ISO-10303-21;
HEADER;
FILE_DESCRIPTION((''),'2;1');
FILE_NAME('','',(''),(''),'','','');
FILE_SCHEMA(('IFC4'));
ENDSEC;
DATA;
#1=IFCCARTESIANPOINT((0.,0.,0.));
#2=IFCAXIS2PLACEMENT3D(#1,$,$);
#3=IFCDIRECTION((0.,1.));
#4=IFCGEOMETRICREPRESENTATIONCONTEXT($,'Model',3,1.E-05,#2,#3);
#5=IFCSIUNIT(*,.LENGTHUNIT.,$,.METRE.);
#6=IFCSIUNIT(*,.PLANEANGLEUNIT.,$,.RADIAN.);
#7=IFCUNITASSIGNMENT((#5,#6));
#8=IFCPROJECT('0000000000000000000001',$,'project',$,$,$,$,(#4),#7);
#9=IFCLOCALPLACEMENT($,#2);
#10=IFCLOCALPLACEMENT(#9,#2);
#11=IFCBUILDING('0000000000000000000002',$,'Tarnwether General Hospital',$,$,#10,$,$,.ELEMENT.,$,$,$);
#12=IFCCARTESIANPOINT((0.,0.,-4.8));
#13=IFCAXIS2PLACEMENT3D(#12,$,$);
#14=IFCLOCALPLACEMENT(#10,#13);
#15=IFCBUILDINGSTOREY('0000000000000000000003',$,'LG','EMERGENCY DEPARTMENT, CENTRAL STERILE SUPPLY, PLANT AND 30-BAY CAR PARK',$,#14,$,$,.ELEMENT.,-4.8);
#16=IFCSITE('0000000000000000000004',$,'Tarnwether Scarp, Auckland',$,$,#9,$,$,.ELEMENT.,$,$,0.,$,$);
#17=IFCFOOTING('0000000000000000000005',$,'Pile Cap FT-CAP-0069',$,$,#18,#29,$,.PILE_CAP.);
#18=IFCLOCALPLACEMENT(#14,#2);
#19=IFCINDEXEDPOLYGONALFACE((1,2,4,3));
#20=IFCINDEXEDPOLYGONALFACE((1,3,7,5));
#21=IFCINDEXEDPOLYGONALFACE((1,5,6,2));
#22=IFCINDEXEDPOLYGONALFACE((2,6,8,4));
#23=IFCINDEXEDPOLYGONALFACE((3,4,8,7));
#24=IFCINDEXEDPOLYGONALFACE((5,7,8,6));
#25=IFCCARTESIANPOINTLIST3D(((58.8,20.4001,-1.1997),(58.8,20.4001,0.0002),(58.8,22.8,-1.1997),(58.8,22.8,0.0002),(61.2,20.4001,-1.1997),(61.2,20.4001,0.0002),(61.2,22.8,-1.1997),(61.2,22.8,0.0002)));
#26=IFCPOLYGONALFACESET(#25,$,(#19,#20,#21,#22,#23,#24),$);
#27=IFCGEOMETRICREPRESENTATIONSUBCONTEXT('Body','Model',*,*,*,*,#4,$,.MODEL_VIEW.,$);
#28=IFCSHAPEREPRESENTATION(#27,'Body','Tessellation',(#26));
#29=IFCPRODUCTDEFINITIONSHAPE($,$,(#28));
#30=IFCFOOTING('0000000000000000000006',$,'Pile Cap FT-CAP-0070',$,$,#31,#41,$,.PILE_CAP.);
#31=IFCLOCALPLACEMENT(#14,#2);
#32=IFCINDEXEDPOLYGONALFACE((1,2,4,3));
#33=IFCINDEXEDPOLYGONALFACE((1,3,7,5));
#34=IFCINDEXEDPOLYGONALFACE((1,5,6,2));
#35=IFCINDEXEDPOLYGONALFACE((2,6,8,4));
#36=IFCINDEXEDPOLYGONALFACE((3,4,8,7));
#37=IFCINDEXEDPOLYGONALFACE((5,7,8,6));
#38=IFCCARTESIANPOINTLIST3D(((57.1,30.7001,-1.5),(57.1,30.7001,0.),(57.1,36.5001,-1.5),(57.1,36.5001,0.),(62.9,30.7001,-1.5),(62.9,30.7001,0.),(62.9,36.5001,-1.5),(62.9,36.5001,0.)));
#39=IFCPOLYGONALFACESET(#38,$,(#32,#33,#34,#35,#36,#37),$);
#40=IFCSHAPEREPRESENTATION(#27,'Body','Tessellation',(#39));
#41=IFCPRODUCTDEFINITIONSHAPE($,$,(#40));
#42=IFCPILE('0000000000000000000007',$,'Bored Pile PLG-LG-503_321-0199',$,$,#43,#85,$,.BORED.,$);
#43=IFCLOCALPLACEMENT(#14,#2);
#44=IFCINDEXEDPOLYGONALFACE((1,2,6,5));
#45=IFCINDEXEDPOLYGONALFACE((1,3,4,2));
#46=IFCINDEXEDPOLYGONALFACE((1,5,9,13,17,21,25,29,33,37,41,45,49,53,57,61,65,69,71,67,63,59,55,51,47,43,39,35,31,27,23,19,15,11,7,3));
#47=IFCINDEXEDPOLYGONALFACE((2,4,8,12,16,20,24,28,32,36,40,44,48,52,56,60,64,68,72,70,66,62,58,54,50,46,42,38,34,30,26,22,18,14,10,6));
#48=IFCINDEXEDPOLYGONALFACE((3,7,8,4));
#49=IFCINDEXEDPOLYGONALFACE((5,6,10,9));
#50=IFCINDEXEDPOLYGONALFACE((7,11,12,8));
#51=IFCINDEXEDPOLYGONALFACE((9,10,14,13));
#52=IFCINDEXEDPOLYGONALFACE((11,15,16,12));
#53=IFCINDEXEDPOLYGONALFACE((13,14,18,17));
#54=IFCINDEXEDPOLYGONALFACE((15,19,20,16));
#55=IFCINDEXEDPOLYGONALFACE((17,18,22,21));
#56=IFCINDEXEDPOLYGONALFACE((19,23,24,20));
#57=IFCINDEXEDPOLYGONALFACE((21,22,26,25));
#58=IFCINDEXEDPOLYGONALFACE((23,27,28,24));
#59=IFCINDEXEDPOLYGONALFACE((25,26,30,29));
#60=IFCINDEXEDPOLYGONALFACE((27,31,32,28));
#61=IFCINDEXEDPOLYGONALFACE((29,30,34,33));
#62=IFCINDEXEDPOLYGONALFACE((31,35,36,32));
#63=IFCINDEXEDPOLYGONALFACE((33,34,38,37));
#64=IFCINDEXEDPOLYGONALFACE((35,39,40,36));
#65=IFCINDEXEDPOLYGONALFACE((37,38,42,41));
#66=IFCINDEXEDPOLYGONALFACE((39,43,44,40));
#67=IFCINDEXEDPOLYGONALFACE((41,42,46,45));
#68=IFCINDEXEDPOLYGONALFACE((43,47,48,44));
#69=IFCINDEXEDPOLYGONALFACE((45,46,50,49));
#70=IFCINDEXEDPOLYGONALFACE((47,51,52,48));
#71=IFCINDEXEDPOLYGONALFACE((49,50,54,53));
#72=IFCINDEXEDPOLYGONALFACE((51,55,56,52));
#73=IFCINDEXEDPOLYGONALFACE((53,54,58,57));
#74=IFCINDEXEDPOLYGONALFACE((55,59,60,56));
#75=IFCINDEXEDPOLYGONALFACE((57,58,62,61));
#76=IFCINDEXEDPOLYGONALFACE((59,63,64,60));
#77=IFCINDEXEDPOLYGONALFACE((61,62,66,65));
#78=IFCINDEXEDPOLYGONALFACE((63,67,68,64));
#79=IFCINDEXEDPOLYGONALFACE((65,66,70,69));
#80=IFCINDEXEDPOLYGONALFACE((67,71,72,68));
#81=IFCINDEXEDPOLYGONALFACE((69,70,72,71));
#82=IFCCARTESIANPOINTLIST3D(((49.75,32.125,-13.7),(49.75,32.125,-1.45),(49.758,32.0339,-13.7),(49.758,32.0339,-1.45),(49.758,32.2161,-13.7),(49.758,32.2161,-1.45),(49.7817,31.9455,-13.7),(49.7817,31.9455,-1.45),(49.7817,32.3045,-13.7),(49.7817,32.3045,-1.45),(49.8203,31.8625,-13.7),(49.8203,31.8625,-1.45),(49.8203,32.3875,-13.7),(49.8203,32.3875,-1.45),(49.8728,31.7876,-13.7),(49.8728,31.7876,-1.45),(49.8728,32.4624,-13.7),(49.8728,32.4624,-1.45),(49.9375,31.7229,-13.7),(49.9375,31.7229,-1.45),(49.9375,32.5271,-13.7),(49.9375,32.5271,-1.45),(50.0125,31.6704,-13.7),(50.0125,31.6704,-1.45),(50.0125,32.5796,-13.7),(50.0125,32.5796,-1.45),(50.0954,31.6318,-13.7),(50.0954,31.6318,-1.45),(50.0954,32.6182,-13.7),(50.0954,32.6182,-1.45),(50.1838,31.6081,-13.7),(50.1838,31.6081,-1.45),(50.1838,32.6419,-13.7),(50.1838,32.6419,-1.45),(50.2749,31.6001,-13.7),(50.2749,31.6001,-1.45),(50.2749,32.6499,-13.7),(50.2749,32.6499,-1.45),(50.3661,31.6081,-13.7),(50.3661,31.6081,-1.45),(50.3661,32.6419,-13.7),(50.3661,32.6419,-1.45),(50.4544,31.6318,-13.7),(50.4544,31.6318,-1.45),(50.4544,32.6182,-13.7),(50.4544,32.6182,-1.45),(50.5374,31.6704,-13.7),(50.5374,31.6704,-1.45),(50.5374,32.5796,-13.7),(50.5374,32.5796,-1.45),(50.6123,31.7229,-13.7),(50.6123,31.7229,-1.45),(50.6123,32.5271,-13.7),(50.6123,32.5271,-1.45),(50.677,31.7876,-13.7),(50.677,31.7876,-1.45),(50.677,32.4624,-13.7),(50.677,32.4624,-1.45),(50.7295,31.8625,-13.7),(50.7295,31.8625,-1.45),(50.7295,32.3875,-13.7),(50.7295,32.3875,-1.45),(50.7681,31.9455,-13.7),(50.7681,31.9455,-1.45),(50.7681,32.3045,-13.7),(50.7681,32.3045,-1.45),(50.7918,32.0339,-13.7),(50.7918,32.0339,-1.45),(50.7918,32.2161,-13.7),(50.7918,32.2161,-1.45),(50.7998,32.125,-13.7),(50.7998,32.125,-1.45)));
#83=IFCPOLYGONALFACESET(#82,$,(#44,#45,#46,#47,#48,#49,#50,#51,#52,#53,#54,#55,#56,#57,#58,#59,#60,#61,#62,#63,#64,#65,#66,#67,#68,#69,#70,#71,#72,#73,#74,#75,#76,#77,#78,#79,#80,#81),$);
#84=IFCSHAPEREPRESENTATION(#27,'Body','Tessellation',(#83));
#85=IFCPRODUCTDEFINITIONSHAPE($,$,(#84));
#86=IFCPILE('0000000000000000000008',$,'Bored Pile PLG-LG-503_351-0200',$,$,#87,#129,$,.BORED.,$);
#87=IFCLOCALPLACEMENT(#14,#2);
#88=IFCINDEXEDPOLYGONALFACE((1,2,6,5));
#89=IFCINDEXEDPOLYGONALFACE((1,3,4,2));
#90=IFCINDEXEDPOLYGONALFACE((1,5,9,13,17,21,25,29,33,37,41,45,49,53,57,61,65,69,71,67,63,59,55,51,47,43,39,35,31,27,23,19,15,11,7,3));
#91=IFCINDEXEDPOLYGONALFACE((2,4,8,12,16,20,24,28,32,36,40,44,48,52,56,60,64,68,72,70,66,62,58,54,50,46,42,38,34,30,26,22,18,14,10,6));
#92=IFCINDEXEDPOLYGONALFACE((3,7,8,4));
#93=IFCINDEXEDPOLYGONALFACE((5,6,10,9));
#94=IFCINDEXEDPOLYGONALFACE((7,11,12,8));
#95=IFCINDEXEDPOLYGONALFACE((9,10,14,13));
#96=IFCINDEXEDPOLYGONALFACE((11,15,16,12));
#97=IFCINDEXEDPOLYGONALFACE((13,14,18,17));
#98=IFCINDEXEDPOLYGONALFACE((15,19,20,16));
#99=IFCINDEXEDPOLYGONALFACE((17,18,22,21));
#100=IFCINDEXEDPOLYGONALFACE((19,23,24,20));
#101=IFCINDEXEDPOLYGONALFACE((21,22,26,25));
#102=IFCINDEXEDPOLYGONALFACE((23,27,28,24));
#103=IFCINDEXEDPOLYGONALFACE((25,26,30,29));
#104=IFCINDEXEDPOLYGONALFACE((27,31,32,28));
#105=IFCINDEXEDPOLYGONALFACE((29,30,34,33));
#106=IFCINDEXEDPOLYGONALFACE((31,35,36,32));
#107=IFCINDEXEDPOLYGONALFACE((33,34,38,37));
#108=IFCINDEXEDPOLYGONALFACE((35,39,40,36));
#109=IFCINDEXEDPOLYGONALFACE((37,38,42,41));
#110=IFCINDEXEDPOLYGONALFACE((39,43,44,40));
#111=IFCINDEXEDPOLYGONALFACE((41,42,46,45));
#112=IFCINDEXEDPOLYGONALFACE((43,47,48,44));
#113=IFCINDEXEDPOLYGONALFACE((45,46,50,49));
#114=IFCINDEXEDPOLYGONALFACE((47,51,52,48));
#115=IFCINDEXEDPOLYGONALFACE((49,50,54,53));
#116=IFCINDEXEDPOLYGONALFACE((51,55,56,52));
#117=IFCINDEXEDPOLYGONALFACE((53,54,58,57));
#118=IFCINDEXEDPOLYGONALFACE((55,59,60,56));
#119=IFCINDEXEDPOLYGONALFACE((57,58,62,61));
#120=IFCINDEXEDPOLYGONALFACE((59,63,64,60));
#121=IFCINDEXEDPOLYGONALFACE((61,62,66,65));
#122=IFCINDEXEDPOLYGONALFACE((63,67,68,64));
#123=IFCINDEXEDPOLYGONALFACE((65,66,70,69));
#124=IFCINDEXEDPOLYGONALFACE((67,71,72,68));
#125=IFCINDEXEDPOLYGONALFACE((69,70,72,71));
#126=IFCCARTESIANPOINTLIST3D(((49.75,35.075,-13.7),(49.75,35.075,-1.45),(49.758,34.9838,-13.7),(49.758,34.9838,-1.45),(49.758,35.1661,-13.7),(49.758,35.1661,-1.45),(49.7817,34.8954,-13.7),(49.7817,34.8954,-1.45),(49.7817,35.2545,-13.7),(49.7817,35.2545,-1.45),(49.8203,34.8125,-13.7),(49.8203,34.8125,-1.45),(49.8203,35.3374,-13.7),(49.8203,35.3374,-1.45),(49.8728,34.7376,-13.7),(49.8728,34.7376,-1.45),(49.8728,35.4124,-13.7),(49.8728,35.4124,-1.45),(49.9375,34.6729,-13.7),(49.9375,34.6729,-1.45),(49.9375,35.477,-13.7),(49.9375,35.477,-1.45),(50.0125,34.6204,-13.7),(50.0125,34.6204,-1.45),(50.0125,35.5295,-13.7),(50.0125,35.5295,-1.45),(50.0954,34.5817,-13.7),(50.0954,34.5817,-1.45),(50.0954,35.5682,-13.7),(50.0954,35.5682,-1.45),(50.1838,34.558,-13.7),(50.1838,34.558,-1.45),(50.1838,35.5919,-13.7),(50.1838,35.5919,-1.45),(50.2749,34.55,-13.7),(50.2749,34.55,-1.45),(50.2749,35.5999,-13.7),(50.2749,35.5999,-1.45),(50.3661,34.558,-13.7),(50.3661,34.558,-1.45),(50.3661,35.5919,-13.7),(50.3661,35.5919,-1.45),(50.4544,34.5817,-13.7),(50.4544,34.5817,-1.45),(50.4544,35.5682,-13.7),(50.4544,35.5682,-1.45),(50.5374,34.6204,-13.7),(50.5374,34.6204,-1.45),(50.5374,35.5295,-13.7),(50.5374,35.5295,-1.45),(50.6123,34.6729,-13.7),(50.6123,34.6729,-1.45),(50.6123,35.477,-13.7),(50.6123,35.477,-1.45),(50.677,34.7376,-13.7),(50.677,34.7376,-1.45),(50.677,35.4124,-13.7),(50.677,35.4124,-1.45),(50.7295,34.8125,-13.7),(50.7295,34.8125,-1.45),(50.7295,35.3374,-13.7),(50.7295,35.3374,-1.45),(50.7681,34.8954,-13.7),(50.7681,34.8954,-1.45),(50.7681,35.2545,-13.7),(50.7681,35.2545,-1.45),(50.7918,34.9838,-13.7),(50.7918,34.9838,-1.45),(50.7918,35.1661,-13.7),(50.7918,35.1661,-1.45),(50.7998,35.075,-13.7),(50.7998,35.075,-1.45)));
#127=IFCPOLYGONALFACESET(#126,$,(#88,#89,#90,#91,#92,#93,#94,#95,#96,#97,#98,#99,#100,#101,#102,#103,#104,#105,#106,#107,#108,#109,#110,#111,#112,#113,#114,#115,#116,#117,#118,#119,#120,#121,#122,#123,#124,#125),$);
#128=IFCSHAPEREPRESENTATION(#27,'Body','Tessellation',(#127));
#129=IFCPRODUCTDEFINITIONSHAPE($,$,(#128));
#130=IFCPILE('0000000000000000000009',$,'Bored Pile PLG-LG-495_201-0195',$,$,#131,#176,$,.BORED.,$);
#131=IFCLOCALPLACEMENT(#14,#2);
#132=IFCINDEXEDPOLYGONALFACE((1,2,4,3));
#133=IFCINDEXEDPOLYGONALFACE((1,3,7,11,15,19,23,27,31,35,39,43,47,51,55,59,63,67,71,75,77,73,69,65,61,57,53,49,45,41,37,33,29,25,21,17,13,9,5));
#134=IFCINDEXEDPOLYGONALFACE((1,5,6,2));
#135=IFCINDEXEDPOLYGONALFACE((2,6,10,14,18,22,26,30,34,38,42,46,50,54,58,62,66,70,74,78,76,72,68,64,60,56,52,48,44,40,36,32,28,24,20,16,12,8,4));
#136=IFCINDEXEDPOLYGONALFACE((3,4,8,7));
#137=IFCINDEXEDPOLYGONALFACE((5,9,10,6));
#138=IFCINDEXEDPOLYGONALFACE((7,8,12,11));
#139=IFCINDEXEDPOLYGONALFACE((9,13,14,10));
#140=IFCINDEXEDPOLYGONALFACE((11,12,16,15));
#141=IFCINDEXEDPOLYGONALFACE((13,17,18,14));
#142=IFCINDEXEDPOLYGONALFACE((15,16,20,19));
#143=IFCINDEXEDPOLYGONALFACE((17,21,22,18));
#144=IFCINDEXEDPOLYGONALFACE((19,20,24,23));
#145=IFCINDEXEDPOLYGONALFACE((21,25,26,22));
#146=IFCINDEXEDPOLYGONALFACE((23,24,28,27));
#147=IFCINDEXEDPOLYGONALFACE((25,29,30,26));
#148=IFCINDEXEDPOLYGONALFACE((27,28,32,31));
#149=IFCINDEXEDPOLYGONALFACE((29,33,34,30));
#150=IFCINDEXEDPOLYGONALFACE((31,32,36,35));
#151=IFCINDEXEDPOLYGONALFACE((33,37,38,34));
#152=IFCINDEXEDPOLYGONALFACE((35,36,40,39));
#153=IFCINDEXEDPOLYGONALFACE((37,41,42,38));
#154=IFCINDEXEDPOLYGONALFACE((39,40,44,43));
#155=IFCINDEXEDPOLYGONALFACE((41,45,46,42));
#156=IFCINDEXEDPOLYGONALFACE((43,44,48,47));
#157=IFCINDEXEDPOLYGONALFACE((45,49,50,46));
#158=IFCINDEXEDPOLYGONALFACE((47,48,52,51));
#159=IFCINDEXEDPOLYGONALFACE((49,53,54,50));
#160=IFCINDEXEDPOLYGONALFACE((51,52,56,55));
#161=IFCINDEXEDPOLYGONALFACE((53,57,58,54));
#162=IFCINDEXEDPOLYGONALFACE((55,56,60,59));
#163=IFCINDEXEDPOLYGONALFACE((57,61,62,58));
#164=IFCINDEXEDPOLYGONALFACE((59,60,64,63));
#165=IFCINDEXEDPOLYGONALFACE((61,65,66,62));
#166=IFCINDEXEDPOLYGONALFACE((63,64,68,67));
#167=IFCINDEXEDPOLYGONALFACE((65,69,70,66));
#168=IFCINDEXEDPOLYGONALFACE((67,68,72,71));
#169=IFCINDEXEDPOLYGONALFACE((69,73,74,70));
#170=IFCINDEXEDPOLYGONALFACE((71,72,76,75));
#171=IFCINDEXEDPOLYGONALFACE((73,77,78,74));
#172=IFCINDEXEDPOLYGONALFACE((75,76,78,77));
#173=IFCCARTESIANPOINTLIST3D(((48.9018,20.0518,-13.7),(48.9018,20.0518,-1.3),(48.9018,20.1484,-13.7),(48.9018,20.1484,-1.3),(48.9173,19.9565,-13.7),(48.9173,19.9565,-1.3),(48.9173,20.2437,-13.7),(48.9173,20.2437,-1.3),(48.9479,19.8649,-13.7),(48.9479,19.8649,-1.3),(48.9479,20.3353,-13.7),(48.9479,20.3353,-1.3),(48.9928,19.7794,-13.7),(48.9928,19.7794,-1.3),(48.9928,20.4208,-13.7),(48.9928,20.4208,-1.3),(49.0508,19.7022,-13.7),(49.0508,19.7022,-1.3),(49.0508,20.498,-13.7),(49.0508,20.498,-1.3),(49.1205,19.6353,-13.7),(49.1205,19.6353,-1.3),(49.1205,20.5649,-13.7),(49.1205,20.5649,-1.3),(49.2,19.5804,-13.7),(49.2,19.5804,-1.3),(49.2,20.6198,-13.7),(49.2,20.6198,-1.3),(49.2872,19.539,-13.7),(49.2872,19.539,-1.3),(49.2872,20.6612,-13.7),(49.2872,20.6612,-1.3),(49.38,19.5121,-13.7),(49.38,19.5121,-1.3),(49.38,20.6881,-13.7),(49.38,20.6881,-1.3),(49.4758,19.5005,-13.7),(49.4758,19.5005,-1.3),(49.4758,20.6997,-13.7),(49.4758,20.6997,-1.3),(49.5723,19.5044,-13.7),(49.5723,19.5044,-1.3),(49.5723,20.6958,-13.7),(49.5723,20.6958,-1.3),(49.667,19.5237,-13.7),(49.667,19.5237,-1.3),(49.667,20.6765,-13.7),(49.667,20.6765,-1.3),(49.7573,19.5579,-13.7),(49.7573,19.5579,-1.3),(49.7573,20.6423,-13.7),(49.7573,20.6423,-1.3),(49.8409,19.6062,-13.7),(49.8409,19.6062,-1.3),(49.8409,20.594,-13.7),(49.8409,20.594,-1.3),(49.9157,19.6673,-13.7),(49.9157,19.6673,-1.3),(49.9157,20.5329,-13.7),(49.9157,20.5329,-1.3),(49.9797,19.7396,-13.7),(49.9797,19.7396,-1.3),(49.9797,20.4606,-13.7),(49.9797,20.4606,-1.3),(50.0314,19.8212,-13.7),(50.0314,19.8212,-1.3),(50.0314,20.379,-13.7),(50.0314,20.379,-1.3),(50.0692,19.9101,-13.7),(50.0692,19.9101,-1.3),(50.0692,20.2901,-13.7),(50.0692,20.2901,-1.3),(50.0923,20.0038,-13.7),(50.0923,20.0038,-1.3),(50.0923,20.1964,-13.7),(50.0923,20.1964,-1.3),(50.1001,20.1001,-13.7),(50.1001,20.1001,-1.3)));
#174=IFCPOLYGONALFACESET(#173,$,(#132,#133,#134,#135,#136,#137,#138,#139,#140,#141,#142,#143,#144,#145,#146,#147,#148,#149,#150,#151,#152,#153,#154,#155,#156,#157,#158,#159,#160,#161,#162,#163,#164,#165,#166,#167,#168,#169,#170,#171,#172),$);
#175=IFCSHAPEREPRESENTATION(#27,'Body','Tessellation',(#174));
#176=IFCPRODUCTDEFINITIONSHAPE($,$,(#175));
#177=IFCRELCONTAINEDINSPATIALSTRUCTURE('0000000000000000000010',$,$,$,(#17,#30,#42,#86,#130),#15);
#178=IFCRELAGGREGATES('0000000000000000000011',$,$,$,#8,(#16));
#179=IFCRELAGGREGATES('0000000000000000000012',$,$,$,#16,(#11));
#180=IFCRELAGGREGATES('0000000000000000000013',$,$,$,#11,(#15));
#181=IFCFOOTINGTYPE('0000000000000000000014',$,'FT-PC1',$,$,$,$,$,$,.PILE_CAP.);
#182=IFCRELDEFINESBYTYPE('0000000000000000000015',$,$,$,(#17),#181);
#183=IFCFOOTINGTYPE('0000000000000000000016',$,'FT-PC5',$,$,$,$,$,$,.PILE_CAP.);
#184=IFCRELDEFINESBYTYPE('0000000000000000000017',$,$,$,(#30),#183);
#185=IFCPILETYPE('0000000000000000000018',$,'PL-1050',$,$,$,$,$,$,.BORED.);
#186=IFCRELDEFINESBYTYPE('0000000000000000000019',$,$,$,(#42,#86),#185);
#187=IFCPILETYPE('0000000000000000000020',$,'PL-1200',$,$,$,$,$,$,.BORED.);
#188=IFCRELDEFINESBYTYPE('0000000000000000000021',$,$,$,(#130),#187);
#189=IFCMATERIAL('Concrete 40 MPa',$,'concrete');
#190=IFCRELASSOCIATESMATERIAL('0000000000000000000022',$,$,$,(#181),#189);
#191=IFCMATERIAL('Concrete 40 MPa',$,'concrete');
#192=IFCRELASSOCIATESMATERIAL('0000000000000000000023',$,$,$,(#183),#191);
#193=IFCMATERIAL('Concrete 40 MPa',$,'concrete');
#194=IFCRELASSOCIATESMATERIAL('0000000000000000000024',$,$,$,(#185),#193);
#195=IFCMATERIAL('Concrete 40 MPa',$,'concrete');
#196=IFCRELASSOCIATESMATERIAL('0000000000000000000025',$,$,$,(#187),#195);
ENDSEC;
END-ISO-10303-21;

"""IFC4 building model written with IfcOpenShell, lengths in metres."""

from ifc_helpers import new_model, si_unit, direction, frame, origin, origin_2d, place, context, subcontext, project, spatial, rectangle, circle, extrude, material, material_profile, profile_set, type_object, element, save


model = new_model("IFC4")

# Units and contexts
model_context = context("Model", 3, precision=1e-05, world=origin(), true_north=direction((0.0, 1.0)))
body_context = subcontext(model_context, "Body", "Model", "MODEL_VIEW")
ifc_project = project(units=[si_unit("LENGTHUNIT", "METRE"), si_unit("PLANEANGLEUNIT", "RADIAN")], contexts=[model_context])

# Site, building, storey
site_placement = place(None, origin())
site = spatial("IfcSite", under=ifc_project, at=site_placement, Name="Tarnwether Scarp, Auckland", CompositionType="ELEMENT", RefElevation=0.0)
building_placement = place(site_placement, origin())
building = spatial("IfcBuilding", under=site, at=building_placement, Name="Tarnwether General Hospital", CompositionType="ELEMENT")
storey_placement = place(building_placement, frame((0.0, 0.0, -4.8)))
storey = spatial("IfcBuildingStorey", under=building, at=storey_placement, Name="LG", Description="EMERGENCY DEPARTMENT, CENTRAL STERILE SUPPLY, PLANT AND 30-BAY CAR PARK", CompositionType="ELEMENT", Elevation=-4.8)

# Footings
ifc_material_1 = material(Name="Concrete 40 MPa", Category="concrete")
footing_type_1 = type_object("IfcFootingType", Name="FT-PC1", PredefinedType="PILE_CAP", material=ifc_material_1)
footing_1_placement = place(storey_placement, frame((60.0, 21.6001, -1.1997), z_axis=(0.0, 0.0, 1.0), x_axis=(0.0, 1.0, 0.0)))
element("IfcFooting", 1, at=footing_1_placement, inside=storey, type_object=footing_type_1, Name="Pile Cap FT-CAP-0069", PredefinedType="PILE_CAP", context=body_context, shape_type="SweptSolid", body=[
    extrude(rectangle(XDim=2.3999, YDim=2.3999, at=origin_2d()), origin(), (0.0, 0.0, 1.0), 1.2),
])
ifc_material_2 = material(Name="Concrete 40 MPa", Category="concrete")
footing_type_2 = type_object("IfcFootingType", Name="FT-PC5", PredefinedType="PILE_CAP", material=ifc_material_2)
footing_2_placement = place(storey_placement, frame((60.0, 33.6001, -1.5), z_axis=(0.0, 0.0, 1.0), x_axis=(0.0, 1.0, 0.0)))
element("IfcFooting", 2, at=footing_2_placement, inside=storey, type_object=footing_type_2, Name="Pile Cap FT-CAP-0070", PredefinedType="PILE_CAP", context=body_context, shape_type="SweptSolid", body=[
    extrude(rectangle(XDim=5.8, YDim=5.8, at=origin_2d()), origin(), (0.0, 0.0, 1.0), 1.5),
])

# Piles
ifc_material_3 = material(Name="Concrete 40 MPa", Category="concrete")
ifc_material_profile_1 = material_profile(ifc_material_3, circle(Radius=0.5249, at=origin_2d()), Name="PILE-D1050")
ifc_profile_set_1 = profile_set([ifc_material_profile_1], Name="Concrete 40 MPa")
pile_type_1 = type_object("IfcPileType", Name="PL-1050", PredefinedType="BORED", material=ifc_profile_set_1)
for number, where, z_axis, x_axis, name in (
    (3, (50.2749, 32.125, -1.45), (0.0, 0.0, -1.0), (1.0, 0.0, 0.0), "Bored Pile PLG-LG-503_321-0199"),
    (4, (50.2749, 35.075, -1.45), (0.0, 0.0, -1.0), (1.0, 0.0, 0.0), "Bored Pile PLG-LG-503_351-0200"),
):
    element("IfcPile", number, at=place(storey_placement, frame(where, z_axis=z_axis, x_axis=x_axis)), inside=storey, type_object=pile_type_1, Name=name, PredefinedType="BORED", context=body_context, shape_type="SweptSolid", body=[
        extrude(circle(Radius=0.5249, at=origin_2d()), origin(), (0.0, 0.0, 1.0), 12.25),
    ])
ifc_material_4 = material(Name="Concrete 40 MPa", Category="concrete")
ifc_material_profile_2 = material_profile(ifc_material_4, circle(Radius=0.6001, at=origin_2d()), Name="PILE-D1200")
ifc_profile_set_2 = profile_set([ifc_material_profile_2], Name="Concrete 40 MPa")
pile_type_2 = type_object("IfcPileType", Name="PL-1200", PredefinedType="BORED", material=ifc_profile_set_2)
for number, where, z_axis, x_axis, name in (
    (5, (49.5, 20.1001, -1.3), (0.0, 0.0, -1.0), (1.0, 0.0, 0.0), "Bored Pile PLG-LG-495_201-0195"),
):
    element("IfcPile", number, at=place(storey_placement, frame(where, z_axis=z_axis, x_axis=x_axis)), inside=storey, type_object=pile_type_2, Name=name, PredefinedType="BORED", context=body_context, shape_type="SweptSolid", body=[
        extrude(circle(Radius=0.6001, at=origin_2d()), origin(), (0.0, 0.0, 1.0), 12.3999),
    ])

save(model, "model.ifc")
